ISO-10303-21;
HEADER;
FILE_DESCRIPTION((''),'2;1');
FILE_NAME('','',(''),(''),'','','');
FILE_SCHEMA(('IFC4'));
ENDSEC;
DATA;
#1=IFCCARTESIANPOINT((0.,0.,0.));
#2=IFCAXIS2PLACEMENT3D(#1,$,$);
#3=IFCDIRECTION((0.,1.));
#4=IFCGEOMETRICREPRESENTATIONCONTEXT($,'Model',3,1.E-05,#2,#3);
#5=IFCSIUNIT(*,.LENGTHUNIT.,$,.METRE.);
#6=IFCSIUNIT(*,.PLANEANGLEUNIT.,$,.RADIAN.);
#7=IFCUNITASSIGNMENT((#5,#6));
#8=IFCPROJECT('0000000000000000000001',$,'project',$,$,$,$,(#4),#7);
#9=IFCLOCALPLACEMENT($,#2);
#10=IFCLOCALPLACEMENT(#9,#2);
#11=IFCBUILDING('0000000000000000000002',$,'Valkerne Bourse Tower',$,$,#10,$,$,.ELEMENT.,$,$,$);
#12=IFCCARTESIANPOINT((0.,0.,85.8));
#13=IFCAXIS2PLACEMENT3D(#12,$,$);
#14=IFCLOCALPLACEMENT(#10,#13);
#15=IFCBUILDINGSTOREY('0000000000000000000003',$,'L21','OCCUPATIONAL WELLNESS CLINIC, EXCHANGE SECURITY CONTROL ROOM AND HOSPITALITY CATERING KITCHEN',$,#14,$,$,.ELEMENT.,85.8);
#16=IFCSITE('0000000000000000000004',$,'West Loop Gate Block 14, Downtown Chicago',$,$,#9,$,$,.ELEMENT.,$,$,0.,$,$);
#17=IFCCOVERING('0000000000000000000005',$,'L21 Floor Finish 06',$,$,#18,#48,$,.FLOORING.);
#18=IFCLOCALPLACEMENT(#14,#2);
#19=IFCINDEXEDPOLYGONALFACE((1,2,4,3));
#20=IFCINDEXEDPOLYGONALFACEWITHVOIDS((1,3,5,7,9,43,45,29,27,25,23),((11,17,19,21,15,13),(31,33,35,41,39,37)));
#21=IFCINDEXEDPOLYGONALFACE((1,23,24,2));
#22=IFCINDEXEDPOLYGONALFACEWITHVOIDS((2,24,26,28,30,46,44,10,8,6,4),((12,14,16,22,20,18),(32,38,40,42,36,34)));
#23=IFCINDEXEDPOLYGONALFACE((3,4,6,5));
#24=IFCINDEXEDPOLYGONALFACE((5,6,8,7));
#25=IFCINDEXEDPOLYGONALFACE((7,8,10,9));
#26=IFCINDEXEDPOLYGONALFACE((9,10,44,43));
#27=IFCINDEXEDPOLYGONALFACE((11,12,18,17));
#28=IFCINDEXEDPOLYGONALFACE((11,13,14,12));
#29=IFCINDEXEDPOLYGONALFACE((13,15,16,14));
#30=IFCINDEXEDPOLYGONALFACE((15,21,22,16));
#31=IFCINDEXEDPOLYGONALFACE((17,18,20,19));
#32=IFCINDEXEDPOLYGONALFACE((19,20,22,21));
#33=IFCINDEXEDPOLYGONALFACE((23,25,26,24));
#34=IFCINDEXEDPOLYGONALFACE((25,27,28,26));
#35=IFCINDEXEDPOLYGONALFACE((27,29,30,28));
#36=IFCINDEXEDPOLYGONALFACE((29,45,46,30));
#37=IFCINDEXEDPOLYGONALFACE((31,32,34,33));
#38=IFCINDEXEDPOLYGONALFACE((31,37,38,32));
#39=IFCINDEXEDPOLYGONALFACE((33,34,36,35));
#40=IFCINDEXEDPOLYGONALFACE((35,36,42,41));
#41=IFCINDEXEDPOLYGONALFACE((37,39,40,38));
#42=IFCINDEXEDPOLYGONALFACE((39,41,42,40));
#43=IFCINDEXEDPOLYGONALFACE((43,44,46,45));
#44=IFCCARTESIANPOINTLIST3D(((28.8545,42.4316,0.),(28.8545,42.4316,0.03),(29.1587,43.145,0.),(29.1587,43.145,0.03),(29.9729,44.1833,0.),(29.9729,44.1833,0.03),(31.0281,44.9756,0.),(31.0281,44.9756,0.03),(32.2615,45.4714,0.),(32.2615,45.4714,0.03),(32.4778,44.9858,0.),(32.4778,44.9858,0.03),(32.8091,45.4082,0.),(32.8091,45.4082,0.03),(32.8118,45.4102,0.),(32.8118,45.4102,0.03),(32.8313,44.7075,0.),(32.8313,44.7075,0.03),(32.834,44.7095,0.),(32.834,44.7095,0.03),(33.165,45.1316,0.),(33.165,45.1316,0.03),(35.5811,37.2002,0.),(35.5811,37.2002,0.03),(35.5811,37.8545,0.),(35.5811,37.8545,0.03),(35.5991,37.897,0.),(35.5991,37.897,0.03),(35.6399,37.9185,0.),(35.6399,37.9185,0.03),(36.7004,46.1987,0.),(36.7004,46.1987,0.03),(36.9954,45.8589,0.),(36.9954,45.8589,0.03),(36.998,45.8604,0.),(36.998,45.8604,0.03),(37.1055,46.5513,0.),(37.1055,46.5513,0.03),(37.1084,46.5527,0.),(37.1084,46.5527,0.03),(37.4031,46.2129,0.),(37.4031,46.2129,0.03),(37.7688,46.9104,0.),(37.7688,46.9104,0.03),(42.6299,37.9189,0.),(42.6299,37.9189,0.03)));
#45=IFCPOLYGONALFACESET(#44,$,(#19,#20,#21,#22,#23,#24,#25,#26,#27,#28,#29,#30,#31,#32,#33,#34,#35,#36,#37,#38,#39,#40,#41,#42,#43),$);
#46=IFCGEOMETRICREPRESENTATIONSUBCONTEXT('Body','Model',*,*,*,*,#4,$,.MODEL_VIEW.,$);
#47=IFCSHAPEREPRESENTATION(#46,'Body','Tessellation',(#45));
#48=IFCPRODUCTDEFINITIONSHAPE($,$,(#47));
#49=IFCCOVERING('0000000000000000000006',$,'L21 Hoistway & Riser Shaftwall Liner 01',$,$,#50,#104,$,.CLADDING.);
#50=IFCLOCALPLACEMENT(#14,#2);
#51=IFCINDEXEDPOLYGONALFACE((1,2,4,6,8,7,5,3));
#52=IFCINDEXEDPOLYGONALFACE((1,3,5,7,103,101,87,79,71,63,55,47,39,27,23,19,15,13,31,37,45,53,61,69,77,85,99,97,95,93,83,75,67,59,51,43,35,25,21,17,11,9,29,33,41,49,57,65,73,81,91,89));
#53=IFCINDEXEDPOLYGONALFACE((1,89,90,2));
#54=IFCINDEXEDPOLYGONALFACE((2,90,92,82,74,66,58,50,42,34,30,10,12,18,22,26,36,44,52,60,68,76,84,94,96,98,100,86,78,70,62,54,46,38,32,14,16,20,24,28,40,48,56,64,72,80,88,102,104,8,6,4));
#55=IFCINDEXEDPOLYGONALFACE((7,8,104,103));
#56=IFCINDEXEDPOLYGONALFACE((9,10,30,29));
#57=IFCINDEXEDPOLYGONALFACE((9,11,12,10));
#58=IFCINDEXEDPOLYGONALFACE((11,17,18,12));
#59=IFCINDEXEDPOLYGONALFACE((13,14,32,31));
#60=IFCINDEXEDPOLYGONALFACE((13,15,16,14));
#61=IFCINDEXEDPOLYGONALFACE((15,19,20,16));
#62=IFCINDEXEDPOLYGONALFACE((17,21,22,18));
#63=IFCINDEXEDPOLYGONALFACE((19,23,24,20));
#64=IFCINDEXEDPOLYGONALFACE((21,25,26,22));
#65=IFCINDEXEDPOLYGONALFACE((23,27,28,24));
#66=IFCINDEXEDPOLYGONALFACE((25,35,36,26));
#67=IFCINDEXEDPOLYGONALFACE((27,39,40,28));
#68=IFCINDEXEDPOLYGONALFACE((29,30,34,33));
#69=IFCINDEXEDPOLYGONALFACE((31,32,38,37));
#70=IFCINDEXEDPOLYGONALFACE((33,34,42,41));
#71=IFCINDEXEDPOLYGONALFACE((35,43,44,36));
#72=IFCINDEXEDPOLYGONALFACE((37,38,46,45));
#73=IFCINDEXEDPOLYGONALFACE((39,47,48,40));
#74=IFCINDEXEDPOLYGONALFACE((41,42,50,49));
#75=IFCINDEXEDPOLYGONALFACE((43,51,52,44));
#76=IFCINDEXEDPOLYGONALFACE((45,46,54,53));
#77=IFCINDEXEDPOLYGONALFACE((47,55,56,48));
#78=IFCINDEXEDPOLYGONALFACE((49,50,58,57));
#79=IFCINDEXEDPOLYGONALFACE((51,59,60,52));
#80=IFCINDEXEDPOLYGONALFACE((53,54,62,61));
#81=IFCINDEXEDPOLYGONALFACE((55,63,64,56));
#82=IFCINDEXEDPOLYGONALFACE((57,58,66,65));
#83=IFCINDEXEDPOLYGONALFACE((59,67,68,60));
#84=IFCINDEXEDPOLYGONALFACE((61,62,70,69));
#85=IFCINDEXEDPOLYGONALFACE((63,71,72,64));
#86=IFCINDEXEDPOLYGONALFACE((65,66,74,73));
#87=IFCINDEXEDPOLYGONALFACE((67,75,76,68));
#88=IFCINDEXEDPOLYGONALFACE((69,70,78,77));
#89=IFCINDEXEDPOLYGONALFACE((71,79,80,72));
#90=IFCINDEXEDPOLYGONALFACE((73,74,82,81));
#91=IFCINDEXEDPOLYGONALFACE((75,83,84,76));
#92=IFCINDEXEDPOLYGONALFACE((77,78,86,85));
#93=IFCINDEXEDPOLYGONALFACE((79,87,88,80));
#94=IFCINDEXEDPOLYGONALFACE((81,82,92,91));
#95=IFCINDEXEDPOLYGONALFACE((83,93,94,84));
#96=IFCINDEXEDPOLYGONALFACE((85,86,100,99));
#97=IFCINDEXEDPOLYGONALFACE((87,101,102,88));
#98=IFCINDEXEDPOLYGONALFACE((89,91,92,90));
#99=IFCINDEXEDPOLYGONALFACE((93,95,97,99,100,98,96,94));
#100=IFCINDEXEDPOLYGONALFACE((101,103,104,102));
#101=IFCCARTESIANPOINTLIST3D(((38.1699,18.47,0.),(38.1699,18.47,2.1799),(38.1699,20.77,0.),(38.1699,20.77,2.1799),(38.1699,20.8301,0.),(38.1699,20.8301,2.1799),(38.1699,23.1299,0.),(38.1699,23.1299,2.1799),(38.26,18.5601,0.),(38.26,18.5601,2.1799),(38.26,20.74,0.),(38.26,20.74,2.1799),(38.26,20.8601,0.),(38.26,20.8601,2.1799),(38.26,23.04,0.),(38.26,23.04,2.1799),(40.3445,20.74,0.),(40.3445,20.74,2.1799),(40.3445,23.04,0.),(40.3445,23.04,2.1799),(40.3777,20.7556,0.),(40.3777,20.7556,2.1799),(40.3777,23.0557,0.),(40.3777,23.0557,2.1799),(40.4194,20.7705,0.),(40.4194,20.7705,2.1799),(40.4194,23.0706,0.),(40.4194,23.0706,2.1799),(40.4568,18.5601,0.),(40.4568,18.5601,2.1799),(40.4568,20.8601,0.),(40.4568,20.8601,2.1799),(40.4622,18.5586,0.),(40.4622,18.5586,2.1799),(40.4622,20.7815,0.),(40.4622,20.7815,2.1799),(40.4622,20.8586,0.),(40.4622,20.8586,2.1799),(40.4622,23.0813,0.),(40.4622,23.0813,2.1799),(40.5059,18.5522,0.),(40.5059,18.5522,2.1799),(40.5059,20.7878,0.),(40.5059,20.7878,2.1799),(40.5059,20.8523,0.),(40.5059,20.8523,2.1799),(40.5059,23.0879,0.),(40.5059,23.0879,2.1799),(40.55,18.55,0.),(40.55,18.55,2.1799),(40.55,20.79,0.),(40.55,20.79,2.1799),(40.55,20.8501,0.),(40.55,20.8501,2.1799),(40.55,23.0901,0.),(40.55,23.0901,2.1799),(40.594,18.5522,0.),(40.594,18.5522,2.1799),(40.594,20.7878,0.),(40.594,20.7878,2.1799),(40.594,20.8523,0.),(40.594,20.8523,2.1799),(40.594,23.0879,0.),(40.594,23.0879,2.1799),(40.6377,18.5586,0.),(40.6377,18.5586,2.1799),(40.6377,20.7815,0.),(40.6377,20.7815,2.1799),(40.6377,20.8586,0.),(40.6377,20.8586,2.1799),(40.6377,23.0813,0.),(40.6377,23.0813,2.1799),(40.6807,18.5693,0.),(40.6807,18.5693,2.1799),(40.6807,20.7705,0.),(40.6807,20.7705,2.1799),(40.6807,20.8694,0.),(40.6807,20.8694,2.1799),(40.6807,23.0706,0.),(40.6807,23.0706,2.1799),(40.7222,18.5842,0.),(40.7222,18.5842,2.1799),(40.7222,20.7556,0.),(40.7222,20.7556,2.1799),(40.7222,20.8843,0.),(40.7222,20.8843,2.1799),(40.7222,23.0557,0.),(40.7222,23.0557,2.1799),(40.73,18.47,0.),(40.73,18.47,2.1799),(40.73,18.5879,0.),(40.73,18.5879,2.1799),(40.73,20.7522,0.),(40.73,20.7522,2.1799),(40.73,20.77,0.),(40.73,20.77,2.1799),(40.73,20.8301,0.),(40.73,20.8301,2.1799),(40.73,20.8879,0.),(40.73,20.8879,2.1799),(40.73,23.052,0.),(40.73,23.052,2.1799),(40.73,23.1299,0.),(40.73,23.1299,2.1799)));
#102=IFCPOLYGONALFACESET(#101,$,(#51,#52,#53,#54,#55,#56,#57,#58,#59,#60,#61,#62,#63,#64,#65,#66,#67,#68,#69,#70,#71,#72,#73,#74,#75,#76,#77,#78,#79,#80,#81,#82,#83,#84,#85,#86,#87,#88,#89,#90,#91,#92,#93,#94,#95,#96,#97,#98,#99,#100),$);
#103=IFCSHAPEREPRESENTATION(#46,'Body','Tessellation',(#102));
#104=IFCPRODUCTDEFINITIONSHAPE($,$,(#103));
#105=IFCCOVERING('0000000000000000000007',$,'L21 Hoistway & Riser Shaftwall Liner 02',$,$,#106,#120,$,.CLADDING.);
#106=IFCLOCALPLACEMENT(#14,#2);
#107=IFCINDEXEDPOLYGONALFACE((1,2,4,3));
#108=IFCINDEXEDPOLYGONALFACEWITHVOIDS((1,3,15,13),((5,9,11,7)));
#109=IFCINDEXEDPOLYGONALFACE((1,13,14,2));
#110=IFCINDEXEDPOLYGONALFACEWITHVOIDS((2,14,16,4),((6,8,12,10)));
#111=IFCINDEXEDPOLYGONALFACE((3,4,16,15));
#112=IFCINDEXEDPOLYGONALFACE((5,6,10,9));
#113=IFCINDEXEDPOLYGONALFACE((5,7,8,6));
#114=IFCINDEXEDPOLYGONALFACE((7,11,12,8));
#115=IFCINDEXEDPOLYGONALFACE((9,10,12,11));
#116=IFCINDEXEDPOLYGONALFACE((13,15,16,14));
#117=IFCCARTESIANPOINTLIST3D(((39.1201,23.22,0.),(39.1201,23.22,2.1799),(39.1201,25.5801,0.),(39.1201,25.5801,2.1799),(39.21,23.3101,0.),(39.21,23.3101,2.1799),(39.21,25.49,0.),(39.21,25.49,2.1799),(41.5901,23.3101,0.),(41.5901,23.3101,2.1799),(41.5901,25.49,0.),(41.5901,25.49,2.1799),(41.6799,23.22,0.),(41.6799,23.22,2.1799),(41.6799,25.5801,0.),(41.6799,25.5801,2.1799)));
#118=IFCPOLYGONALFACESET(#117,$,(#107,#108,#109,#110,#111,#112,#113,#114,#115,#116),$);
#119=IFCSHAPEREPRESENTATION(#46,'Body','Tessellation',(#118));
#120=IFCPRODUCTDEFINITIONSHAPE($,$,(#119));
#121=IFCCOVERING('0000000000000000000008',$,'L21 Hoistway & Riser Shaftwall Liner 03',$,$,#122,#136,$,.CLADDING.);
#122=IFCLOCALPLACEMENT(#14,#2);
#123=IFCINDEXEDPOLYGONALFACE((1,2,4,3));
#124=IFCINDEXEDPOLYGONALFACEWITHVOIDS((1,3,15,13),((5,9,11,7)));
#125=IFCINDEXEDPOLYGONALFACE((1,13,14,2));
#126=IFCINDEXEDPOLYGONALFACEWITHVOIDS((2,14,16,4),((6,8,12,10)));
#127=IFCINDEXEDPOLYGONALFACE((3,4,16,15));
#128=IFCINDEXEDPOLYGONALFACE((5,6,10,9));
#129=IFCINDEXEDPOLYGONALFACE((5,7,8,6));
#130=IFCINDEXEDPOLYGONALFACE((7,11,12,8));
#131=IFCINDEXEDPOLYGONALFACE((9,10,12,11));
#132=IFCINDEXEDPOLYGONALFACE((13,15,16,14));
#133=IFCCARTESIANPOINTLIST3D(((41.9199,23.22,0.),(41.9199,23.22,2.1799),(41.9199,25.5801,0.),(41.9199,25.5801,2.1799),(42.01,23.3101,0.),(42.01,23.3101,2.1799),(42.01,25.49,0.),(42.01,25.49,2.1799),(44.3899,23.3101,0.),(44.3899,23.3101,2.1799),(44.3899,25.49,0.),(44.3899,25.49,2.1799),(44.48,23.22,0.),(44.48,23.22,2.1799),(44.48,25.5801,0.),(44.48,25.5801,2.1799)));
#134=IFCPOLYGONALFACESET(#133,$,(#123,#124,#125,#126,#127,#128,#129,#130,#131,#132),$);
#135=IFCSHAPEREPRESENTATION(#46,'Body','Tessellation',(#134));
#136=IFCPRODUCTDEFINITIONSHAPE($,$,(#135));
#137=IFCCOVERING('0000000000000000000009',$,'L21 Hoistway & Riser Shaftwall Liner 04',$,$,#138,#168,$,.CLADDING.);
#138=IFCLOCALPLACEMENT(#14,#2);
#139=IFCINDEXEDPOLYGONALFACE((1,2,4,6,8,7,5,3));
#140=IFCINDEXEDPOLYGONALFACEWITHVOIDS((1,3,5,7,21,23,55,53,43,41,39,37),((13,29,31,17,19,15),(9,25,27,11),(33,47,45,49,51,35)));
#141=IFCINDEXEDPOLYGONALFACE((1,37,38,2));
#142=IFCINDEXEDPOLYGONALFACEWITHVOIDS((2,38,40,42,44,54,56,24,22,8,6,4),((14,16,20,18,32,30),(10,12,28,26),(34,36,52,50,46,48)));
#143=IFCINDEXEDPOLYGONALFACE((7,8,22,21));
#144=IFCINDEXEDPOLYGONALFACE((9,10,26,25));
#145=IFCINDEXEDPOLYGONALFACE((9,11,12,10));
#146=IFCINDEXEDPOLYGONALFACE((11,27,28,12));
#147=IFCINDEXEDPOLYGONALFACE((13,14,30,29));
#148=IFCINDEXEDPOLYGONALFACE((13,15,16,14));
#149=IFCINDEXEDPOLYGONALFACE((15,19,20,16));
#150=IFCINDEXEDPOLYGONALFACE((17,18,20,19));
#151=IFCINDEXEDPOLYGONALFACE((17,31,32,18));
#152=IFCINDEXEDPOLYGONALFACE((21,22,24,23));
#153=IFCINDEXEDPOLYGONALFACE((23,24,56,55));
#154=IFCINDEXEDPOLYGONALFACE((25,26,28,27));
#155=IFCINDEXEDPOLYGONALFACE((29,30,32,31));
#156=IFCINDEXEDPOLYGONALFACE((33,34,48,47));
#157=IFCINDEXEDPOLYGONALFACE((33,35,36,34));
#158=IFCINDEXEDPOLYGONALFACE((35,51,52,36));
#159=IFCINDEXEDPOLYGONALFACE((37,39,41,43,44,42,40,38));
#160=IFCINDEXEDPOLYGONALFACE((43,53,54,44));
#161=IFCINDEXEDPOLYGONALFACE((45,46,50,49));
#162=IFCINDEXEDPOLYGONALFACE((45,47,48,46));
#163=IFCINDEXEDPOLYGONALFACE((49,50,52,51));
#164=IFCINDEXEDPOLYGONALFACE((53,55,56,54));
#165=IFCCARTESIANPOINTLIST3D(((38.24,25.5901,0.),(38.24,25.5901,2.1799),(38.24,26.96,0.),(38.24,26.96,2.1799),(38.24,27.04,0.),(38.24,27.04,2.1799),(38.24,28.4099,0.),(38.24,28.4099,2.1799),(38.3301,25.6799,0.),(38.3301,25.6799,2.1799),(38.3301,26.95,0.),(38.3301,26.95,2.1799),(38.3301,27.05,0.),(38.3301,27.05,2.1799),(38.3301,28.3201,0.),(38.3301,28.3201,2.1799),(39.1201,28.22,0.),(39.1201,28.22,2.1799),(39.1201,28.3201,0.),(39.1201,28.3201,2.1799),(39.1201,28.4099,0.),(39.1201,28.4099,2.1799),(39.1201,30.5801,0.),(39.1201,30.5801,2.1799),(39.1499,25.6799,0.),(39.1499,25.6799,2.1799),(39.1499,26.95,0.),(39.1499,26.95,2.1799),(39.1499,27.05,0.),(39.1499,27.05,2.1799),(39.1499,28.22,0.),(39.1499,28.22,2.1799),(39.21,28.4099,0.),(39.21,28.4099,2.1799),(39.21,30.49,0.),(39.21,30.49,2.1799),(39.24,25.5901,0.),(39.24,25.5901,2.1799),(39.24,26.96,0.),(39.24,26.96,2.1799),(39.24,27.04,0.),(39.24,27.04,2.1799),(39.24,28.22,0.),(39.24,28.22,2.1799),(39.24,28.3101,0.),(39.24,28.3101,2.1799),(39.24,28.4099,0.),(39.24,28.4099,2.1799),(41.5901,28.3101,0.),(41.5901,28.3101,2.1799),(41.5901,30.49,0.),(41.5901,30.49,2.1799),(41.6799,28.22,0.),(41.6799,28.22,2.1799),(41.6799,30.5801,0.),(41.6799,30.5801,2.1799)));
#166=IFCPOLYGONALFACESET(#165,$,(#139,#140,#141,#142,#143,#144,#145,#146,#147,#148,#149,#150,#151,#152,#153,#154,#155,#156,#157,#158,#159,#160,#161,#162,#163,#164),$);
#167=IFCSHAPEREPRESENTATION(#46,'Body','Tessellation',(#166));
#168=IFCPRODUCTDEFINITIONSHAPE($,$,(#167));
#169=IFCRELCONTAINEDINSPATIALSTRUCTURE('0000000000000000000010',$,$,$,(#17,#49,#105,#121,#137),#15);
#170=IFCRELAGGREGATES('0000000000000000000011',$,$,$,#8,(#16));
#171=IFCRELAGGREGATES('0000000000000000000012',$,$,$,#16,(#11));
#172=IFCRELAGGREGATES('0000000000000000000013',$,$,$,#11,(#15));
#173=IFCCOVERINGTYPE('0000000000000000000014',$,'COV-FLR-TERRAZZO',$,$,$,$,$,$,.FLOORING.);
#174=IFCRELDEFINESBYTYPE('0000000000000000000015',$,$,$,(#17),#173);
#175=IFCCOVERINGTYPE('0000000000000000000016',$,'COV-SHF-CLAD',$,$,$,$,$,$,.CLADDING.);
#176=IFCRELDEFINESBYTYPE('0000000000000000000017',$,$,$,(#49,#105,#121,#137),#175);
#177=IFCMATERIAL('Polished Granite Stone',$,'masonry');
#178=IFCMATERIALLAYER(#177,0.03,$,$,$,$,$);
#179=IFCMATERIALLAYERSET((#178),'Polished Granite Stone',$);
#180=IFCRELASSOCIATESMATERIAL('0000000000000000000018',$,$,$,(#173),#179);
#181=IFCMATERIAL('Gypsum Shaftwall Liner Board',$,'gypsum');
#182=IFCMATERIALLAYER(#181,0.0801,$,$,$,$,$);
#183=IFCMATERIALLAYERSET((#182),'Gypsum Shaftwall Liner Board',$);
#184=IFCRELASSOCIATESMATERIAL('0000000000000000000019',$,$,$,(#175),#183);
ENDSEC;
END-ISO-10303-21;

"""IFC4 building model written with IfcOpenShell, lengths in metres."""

from ifc_helpers import new_model, si_unit, direction, frame, origin, place, context, subcontext, project, spatial, polyline, outline, extrude, material, layer, layer_set, type_object, element, save


model = new_model("IFC4")

# Units and contexts
model_context = context("Model", 3, precision=1e-05, world=origin(), true_north=direction((0.0, 1.0)))
body_context = subcontext(model_context, "Body", "Model", "MODEL_VIEW")
ifc_project = project(units=[si_unit("LENGTHUNIT", "METRE"), si_unit("PLANEANGLEUNIT", "RADIAN")], contexts=[model_context])

# Site, building, storey
site_placement = place(None, origin())
site = spatial("IfcSite", under=ifc_project, at=site_placement, Name="West Loop Gate Block 14, Downtown Chicago", CompositionType="ELEMENT", RefElevation=0.0)
building_placement = place(site_placement, origin())
building = spatial("IfcBuilding", under=site, at=building_placement, Name="Valkerne Bourse Tower", CompositionType="ELEMENT")
storey_placement = place(building_placement, frame((0.0, 0.0, 85.8)))
storey = spatial("IfcBuildingStorey", under=building, at=storey_placement, Name="L21", Description="OCCUPATIONAL WELLNESS CLINIC, EXCHANGE SECURITY CONTROL ROOM AND HOSPITALITY CATERING KITCHEN", CompositionType="ELEMENT", Elevation=85.8)

# Coverings
ifc_material_1 = material(Name="Polished Granite Stone", Category="masonry")
ifc_layer_1 = layer(ifc_material_1, 0.03)
ifc_layer_set_1 = layer_set([ifc_layer_1], Name="Polished Granite Stone")
covering_type_1 = type_object("IfcCoveringType", Name="COV-FLR-TERRAZZO", PredefinedType="FLOORING", material=ifc_layer_set_1)
covering_1_placement = place(storey_placement, origin())
element("IfcCovering", 1, at=covering_1_placement, inside=storey, type_object=covering_type_1, Name="L21 Floor Finish 06", PredefinedType="FLOORING", context=body_context, shape_type="SweptSolid", body=[
    extrude(outline(polyline([(31.0281, 44.9756), (32.2615, 45.4714), (37.7688, 46.9104), (42.6299, 37.9189), (35.6399, 37.9185), (35.5991, 37.897), (35.5811, 37.8545), (35.5811, 37.2002), (28.8545, 42.4316), (29.1587, 43.145), (29.9729, 44.1833), (31.0281, 44.9756)]), holes=[polyline([(33.165, 45.1316), (32.8118, 45.4102), (32.8091, 45.4082), (32.4778, 44.9858), (32.8313, 44.7075), (32.834, 44.7095), (33.165, 45.1316)]), polyline([(36.998, 45.8604), (37.4031, 46.2129), (37.1084, 46.5527), (37.1055, 46.5513), (36.7004, 46.1987), (36.9954, 45.8589), (36.998, 45.8604)])]), origin(), (0.0, 0.0, 1.0), 0.03),
])
ifc_material_2 = material(Name="Gypsum Shaftwall Liner Board", Category="gypsum")
ifc_layer_2 = layer(ifc_material_2, 0.0801)
ifc_layer_set_2 = layer_set([ifc_layer_2], Name="Gypsum Shaftwall Liner Board")
covering_type_2 = type_object("IfcCoveringType", Name="COV-SHF-CLAD", PredefinedType="CLADDING", material=ifc_layer_set_2)
covering_2_placement = place(storey_placement, origin())
element("IfcCovering", 2, at=covering_2_placement, inside=storey, type_object=covering_type_2, Name="L21 Hoistway & Riser Shaftwall Liner 01", PredefinedType="CLADDING", context=body_context, shape_type="SweptSolid", body=[
    extrude(outline(polyline([(38.1699, 23.1299), (40.73, 23.1299), (40.73, 23.052), (40.7222, 23.0557), (40.6807, 23.0706), (40.6377, 23.0813), (40.594, 23.0879), (40.55, 23.0901), (40.5059, 23.0879), (40.4622, 23.0813), (40.4194, 23.0706), (40.3777, 23.0557), (40.3445, 23.04), (38.26, 23.04), (38.26, 20.8601), (40.4568, 20.8601), (40.4622, 20.8586), (40.5059, 20.8523), (40.55, 20.8501), (40.594, 20.8523), (40.6377, 20.8586), (40.6807, 20.8694), (40.7222, 20.8843), (40.73, 20.8879), (40.73, 20.8301), (40.73, 20.77), (40.73, 20.7522), (40.7222, 20.7556), (40.6807, 20.7705), (40.6377, 20.7815), (40.594, 20.7878), (40.55, 20.79), (40.5059, 20.7878), (40.4622, 20.7815), (40.4194, 20.7705), (40.3777, 20.7556), (40.3445, 20.74), (38.26, 20.74), (38.26, 18.5601), (40.4568, 18.5601), (40.4622, 18.5586), (40.5059, 18.5522), (40.55, 18.55), (40.594, 18.5522), (40.6377, 18.5586), (40.6807, 18.5693), (40.7222, 18.5842), (40.73, 18.5879), (40.73, 18.47), (38.1699, 18.47), (38.1699, 20.77), (38.1699, 20.8301), (38.1699, 23.1299)])), origin(), (0.0, 0.0, 1.0), 2.1799),
])
covering_3_placement = place(storey_placement, origin())
element("IfcCovering", 3, at=covering_3_placement, inside=storey, type_object=covering_type_2, Name="L21 Hoistway & Riser Shaftwall Liner 02", PredefinedType="CLADDING", context=body_context, shape_type="SweptSolid", body=[
    extrude(outline(polyline([(41.6799, 23.22), (39.1201, 23.22), (39.1201, 25.5801), (41.6799, 25.5801), (41.6799, 23.22)]), holes=[polyline([(39.21, 25.49), (39.21, 23.3101), (41.5901, 23.3101), (41.5901, 25.49), (39.21, 25.49)])]), origin(), (0.0, 0.0, 1.0), 2.1799),
])
covering_4_placement = place(storey_placement, origin())
element("IfcCovering", 4, at=covering_4_placement, inside=storey, type_object=covering_type_2, Name="L21 Hoistway & Riser Shaftwall Liner 03", PredefinedType="CLADDING", context=body_context, shape_type="SweptSolid", body=[
    extrude(outline(polyline([(44.48, 23.22), (41.9199, 23.22), (41.9199, 25.5801), (44.48, 25.5801), (44.48, 23.22)]), holes=[polyline([(42.01, 25.49), (42.01, 23.3101), (44.3899, 23.3101), (44.3899, 25.49), (42.01, 25.49)])]), origin(), (0.0, 0.0, 1.0), 2.1799),
])
covering_5_placement = place(storey_placement, origin())
element("IfcCovering", 5, at=covering_5_placement, inside=storey, type_object=covering_type_2, Name="L21 Hoistway & Riser Shaftwall Liner 04", PredefinedType="CLADDING", context=body_context, shape_type="SweptSolid", body=[
    extrude(outline(polyline([(38.24, 28.4099), (39.1201, 28.4099), (39.1201, 30.5801), (41.6799, 30.5801), (41.6799, 28.22), (39.24, 28.22), (39.24, 27.04), (39.24, 26.96), (39.24, 25.5901), (38.24, 25.5901), (38.24, 26.96), (38.24, 27.04), (38.24, 28.4099)]), holes=[polyline([(39.21, 30.49), (39.21, 28.4099), (39.24, 28.4099), (39.24, 28.3101), (41.5901, 28.3101), (41.5901, 30.49), (39.21, 30.49)]), polyline([(38.3301, 26.95), (38.3301, 25.6799), (39.1499, 25.6799), (39.1499, 26.95), (38.3301, 26.95)]), polyline([(39.1201, 28.22), (39.1201, 28.3201), (38.3301, 28.3201), (38.3301, 27.05), (39.1499, 27.05), (39.1499, 28.22), (39.1201, 28.22)])]), origin(), (0.0, 0.0, 1.0), 2.1799),
])

save(model, "model.ifc")
